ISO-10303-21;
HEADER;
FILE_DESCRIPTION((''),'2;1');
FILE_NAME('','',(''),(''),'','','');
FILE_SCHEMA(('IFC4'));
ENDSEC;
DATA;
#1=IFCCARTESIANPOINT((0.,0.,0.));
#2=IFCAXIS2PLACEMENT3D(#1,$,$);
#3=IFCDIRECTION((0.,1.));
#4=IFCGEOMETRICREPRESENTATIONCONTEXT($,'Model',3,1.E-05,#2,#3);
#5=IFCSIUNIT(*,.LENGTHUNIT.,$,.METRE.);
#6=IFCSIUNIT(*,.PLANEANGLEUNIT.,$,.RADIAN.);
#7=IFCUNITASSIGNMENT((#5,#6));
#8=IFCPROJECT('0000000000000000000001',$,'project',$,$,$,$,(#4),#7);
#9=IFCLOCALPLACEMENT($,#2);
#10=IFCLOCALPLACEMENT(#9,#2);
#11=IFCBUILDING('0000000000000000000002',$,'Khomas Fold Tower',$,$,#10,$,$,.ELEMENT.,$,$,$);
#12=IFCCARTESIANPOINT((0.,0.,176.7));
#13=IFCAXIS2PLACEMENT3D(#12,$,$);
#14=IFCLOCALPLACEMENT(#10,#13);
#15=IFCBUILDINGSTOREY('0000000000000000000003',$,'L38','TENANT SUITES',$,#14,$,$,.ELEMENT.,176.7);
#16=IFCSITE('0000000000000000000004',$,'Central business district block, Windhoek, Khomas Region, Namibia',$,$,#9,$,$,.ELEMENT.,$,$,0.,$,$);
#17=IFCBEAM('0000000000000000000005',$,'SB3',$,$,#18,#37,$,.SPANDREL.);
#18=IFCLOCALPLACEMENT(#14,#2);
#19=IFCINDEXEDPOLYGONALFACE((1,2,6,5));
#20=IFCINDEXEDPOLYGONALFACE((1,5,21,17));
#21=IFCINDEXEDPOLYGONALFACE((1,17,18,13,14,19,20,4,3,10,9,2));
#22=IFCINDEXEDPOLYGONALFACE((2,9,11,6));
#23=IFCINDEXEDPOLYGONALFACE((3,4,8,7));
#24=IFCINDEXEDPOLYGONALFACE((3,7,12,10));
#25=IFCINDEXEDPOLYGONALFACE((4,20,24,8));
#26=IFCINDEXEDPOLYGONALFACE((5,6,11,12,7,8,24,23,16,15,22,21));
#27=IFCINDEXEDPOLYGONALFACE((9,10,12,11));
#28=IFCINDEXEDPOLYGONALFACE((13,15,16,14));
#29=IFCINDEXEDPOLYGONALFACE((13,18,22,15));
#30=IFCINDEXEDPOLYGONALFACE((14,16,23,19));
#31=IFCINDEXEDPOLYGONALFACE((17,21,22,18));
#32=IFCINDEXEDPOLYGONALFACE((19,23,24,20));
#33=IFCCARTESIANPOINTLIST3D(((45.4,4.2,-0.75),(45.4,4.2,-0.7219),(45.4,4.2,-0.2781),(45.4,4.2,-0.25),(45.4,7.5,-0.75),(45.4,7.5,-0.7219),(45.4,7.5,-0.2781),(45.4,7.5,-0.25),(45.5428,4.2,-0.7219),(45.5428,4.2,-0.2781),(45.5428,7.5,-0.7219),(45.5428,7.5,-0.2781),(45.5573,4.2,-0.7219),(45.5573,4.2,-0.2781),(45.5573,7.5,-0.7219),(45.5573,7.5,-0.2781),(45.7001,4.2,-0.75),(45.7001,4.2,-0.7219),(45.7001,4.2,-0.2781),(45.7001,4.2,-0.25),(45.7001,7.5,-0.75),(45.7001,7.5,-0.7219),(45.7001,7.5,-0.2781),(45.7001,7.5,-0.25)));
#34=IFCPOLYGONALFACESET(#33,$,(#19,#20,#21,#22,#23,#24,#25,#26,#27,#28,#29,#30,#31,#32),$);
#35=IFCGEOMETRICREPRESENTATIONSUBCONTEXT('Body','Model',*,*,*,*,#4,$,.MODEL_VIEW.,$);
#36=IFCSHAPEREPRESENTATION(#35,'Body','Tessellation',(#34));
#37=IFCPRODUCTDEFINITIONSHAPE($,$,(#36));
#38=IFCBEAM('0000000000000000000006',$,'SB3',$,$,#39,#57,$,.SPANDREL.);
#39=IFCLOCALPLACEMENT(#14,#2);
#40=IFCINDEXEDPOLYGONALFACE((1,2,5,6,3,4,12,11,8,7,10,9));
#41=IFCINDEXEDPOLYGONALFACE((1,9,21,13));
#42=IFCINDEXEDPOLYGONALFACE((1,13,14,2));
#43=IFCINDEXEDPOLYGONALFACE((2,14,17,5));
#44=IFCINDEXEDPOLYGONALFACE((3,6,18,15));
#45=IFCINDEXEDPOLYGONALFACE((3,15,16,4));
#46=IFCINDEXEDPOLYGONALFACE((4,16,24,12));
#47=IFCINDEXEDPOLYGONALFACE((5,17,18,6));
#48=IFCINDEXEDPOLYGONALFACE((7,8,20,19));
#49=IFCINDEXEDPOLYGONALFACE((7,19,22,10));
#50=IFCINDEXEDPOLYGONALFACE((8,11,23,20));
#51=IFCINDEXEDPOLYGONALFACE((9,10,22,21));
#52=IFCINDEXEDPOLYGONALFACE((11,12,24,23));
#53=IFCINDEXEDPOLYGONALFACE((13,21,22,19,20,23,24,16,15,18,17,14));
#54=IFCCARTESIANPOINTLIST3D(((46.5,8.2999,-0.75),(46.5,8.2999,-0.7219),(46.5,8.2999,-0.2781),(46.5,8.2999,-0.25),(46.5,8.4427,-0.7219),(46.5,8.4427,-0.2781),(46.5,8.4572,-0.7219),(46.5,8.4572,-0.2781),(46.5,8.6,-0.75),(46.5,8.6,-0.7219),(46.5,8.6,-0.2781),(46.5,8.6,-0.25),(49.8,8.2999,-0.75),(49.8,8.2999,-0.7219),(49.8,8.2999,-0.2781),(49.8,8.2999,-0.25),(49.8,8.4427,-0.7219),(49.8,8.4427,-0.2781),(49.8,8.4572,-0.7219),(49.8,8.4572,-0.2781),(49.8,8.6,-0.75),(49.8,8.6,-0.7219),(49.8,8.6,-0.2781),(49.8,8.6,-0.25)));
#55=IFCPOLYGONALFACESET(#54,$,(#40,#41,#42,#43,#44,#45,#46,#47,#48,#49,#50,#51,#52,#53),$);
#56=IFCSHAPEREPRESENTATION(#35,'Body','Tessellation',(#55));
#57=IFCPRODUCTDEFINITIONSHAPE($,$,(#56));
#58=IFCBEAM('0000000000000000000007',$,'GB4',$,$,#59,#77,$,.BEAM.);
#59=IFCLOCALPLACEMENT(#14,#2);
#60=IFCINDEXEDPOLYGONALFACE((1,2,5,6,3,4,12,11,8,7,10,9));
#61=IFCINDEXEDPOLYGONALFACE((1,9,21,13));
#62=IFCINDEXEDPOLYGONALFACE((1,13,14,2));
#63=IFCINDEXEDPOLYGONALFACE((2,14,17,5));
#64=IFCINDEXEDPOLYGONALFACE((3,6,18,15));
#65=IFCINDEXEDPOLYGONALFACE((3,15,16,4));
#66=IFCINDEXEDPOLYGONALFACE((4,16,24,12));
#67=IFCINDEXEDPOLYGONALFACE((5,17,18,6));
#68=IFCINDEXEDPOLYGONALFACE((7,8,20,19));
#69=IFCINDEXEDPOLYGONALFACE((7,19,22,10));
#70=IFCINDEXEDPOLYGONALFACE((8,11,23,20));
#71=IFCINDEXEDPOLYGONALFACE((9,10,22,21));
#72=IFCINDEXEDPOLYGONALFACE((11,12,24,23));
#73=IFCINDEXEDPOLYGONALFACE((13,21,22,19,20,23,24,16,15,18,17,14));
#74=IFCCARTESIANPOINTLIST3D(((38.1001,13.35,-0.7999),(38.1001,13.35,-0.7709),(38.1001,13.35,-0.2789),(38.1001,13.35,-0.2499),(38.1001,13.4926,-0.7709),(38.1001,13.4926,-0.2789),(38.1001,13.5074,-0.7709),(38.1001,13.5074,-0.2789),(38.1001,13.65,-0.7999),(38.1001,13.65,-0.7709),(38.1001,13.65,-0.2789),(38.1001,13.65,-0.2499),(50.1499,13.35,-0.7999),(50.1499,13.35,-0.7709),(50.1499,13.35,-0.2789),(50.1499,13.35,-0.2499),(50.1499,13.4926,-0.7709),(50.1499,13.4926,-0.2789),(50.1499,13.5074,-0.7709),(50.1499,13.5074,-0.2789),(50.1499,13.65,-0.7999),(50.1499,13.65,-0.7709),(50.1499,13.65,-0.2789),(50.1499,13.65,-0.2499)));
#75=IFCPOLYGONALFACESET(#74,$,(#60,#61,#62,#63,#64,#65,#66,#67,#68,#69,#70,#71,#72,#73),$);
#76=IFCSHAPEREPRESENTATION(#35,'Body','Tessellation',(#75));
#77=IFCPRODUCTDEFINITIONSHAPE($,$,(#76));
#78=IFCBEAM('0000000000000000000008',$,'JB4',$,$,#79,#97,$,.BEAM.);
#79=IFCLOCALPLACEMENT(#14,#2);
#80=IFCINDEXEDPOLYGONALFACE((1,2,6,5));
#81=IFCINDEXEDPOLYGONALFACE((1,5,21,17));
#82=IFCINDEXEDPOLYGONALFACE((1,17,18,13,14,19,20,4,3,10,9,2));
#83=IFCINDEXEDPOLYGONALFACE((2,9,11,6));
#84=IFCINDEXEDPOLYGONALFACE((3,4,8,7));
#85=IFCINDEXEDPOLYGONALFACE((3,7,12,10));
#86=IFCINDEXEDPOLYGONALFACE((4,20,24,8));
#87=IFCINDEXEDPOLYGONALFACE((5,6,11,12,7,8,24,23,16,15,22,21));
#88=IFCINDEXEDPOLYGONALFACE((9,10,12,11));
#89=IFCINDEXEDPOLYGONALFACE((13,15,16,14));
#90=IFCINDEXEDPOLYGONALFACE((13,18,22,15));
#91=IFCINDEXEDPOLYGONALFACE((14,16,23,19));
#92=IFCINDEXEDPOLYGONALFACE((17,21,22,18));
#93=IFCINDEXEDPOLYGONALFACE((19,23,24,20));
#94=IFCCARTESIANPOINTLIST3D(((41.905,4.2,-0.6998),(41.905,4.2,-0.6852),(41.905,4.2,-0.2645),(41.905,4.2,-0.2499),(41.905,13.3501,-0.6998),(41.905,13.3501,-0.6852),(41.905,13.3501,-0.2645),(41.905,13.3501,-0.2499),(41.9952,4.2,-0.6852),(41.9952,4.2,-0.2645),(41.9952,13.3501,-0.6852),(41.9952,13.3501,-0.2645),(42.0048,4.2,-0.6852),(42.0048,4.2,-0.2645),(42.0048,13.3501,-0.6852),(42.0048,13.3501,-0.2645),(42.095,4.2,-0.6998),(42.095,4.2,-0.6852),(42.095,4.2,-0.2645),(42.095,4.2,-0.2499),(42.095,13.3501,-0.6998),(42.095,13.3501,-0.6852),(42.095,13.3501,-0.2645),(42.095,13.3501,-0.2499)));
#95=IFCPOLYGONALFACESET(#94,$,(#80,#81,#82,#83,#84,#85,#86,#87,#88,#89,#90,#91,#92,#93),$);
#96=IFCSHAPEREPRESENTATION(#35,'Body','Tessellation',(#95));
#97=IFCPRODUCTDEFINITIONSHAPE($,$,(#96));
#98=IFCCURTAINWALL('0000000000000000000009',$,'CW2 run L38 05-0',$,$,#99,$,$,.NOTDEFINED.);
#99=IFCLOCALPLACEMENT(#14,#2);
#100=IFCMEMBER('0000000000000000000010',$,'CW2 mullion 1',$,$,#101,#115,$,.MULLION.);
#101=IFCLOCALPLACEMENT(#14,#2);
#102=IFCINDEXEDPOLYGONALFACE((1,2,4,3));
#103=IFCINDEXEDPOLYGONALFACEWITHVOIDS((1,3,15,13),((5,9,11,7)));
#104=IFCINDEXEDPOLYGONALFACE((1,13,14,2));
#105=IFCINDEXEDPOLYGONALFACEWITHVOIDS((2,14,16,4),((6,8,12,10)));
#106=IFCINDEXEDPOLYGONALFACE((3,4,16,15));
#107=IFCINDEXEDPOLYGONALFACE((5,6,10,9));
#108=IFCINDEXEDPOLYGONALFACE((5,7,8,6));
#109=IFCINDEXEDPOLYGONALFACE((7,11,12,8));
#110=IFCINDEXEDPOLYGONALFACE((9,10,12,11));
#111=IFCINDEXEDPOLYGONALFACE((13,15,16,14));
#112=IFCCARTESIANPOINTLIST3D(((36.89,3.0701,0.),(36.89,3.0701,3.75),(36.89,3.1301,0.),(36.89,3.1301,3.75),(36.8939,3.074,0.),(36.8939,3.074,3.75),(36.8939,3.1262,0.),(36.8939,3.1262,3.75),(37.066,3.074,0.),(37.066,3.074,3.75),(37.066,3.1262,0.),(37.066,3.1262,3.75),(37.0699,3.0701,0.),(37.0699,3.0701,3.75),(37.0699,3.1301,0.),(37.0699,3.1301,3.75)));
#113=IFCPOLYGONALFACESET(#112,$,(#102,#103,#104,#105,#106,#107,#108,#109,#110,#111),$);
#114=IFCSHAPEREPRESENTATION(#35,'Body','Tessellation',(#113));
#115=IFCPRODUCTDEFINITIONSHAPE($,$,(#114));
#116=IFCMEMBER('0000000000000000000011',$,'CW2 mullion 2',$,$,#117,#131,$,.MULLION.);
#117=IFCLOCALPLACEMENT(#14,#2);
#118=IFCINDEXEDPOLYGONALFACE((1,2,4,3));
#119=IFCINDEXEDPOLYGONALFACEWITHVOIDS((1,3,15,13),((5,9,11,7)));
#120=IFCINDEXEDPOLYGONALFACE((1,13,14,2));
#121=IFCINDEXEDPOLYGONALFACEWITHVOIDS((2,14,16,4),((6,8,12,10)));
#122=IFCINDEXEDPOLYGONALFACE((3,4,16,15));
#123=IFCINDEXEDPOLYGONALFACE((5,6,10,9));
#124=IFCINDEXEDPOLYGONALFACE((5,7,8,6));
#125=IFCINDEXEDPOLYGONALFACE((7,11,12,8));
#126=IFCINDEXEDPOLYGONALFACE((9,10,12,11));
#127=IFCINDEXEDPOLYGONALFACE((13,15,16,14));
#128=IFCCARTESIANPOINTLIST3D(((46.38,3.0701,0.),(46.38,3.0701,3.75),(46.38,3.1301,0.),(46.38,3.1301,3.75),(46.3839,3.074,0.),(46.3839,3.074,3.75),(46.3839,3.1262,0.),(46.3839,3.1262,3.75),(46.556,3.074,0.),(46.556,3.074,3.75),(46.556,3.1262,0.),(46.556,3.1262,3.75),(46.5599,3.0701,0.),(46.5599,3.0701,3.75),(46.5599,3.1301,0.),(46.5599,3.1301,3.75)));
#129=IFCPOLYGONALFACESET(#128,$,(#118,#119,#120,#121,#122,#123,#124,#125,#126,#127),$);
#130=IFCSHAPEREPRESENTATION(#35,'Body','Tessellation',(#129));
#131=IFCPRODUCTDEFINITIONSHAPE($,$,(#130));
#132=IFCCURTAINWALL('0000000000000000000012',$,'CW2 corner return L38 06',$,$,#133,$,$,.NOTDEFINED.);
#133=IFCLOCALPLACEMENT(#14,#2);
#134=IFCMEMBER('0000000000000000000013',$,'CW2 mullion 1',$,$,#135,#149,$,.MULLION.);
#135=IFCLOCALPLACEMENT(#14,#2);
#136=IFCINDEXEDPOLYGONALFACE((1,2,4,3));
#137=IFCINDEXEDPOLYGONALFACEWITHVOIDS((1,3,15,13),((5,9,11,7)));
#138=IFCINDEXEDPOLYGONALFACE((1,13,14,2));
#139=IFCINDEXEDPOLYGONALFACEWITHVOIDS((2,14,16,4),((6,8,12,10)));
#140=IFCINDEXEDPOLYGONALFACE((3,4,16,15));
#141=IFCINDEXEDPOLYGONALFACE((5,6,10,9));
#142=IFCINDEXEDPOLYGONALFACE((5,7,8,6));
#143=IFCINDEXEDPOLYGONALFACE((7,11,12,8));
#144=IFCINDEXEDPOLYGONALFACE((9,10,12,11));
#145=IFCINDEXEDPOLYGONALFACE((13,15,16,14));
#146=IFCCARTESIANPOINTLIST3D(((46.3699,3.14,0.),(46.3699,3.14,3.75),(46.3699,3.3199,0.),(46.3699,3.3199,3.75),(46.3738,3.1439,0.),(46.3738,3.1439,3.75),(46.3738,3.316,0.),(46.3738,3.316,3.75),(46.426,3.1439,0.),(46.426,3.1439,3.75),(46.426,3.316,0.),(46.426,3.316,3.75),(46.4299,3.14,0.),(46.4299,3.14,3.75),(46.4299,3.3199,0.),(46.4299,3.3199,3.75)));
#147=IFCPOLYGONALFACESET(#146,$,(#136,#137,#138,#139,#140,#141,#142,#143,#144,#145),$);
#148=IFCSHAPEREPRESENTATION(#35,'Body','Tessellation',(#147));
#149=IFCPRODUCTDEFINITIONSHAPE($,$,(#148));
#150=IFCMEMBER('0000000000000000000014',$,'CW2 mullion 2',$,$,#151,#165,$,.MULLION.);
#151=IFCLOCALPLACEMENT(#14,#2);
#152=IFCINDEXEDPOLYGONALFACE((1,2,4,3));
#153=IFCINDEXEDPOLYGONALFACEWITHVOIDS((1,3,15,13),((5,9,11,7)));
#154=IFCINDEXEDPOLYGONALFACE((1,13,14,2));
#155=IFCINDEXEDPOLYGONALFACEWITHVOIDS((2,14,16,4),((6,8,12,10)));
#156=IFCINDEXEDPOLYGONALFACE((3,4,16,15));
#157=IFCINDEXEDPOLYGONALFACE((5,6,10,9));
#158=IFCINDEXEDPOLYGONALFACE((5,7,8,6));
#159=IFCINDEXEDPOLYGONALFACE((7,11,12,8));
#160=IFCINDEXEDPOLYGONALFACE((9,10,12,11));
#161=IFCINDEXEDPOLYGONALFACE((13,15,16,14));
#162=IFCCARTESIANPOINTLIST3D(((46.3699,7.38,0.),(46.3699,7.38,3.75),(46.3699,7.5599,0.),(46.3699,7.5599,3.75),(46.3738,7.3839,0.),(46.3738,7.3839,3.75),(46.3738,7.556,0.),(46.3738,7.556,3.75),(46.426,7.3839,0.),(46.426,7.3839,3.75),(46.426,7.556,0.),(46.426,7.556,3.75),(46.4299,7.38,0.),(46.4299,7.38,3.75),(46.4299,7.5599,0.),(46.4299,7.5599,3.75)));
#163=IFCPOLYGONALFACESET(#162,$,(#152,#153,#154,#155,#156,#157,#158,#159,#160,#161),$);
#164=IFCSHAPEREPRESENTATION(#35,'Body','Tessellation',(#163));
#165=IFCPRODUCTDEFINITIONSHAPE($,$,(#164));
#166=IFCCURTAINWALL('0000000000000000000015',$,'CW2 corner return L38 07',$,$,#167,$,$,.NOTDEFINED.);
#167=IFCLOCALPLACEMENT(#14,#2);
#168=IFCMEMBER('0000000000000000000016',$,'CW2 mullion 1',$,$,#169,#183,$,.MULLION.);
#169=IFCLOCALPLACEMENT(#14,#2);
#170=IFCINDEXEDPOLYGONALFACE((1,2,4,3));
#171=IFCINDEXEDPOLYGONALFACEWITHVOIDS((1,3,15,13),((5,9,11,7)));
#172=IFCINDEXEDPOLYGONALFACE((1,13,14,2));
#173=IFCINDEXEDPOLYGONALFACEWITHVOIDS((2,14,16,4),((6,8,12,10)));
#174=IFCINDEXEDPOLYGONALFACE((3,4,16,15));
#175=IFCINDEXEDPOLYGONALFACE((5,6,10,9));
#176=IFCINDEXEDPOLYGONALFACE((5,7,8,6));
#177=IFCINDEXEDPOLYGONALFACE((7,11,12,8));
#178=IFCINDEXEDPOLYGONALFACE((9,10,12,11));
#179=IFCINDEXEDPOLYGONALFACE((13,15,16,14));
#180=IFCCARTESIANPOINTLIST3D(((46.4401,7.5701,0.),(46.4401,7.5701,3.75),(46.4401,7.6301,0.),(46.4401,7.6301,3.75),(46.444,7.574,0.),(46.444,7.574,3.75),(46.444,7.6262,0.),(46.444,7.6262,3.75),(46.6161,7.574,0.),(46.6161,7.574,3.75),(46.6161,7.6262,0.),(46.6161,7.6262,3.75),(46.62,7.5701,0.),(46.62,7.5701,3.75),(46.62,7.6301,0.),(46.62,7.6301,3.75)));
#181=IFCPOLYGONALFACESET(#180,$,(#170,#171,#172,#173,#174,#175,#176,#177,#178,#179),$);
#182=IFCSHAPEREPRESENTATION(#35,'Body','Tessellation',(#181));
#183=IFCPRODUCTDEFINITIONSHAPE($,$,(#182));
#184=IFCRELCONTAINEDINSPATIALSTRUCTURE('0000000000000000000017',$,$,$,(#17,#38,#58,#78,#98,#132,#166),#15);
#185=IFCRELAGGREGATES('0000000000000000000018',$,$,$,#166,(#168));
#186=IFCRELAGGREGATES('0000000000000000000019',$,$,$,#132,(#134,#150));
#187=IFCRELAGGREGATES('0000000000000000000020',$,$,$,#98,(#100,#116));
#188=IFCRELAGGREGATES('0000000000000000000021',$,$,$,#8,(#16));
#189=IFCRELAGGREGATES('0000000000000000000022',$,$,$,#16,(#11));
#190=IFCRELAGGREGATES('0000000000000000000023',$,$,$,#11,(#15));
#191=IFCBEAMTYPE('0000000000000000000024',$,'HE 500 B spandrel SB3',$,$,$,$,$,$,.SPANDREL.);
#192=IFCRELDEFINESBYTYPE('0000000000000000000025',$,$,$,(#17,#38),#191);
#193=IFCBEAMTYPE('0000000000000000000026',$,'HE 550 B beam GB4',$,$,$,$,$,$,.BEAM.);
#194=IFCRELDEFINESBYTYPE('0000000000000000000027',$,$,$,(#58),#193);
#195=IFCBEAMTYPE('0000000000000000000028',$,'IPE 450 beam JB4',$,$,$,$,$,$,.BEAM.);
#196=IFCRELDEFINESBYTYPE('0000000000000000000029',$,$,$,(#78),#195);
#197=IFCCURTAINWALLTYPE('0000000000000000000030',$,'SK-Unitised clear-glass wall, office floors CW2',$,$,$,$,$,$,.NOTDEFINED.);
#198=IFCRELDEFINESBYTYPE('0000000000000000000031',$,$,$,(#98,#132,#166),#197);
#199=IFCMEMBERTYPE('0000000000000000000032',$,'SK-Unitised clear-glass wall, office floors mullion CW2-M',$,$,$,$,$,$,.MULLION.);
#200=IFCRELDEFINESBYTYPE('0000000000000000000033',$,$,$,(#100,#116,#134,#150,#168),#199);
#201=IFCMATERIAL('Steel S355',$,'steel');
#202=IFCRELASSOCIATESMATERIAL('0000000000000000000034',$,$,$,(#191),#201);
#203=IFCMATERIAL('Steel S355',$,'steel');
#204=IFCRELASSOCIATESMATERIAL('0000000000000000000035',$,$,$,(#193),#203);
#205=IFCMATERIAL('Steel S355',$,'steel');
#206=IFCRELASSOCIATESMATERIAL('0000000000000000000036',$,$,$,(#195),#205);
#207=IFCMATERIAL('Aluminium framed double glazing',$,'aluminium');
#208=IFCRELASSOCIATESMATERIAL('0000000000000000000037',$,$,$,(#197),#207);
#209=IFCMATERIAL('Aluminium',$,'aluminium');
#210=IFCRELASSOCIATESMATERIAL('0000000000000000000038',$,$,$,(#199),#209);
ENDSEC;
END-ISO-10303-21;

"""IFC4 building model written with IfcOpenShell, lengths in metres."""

from ifc_helpers import new_model, si_unit, direction, frame, origin, origin_2d, place, context, subcontext, project, spatial, hollow_rectangle, i_section, extrude, source, transform, mapped, material, material_profile, profile_set, type_object, element, aggregate, save


model = new_model("IFC4")

# Units and contexts
model_context = context("Model", 3, precision=1e-05, world=origin(), true_north=direction((0.0, 1.0)))
body_context = subcontext(model_context, "Body", "Model", "MODEL_VIEW")
ifc_project = project(units=[si_unit("LENGTHUNIT", "METRE"), si_unit("PLANEANGLEUNIT", "RADIAN")], contexts=[model_context])

# Site, building, storey
site_placement = place(None, origin())
site = spatial("IfcSite", under=ifc_project, at=site_placement, Name="Central business district block, Windhoek, Khomas Region, Namibia", CompositionType="ELEMENT", RefElevation=0.0)
building_placement = place(site_placement, origin())
building = spatial("IfcBuilding", under=site, at=building_placement, Name="Khomas Fold Tower", CompositionType="ELEMENT")
storey_placement = place(building_placement, frame((0.0, 0.0, 176.7)))
storey = spatial("IfcBuildingStorey", under=building, at=storey_placement, Name="L38", Description="TENANT SUITES", CompositionType="ELEMENT", Elevation=176.7)

# Beams
ifc_material_1 = material(Name="Steel S355", Category="steel")
ifc_material_profile_1 = material_profile(ifc_material_1, i_section(OverallWidth=0.3, OverallDepth=0.5, WebThickness=0.0144, FlangeThickness=0.0281, at=origin_2d()), Name="HE 500 B")
ifc_profile_set_1 = profile_set([ifc_material_profile_1], Name="Steel S355")
beam_type_1 = type_object("IfcBeamType", Name="HE 500 B spandrel SB3", PredefinedType="SPANDREL", material=ifc_profile_set_1)
shared_shape_1 = source(origin(), body_context, "Body", "SweptSolid", [
    extrude(i_section(OverallWidth=0.3, OverallDepth=0.5, WebThickness=0.0144, FlangeThickness=0.0281, at=origin_2d()), origin(), (0.0, 0.0, 1.0), 3.3),
])
for number, where, z_axis, x_axis, name in (
    (1, (45.55, 4.2, -0.5), (0.0, 1.0, 0.0), (-1.0, 0.0, 0.0), "SB3"),
    (2, (46.5, 8.45, -0.5), (1.0, 0.0, 0.0), (0.0, 1.0, 0.0), "SB3"),
):
    element("IfcBeam", number, at=place(storey_placement, frame(where, z_axis=z_axis, x_axis=x_axis)), inside=storey, type_object=beam_type_1, Name=name, PredefinedType="SPANDREL", context=body_context, shape_type="MappedRepresentation", body=[
        mapped(shared_shape_1, transform((0.0, 0.0, 0.0))),
    ])
ifc_material_2 = material(Name="Steel S355", Category="steel")
ifc_material_profile_2 = material_profile(ifc_material_2, i_section(OverallWidth=0.3, OverallDepth=0.55, WebThickness=0.0149, FlangeThickness=0.0291, at=origin_2d()), Name="HE 550 B")
ifc_profile_set_2 = profile_set([ifc_material_profile_2], Name="Steel S355")
beam_type_2 = type_object("IfcBeamType", Name="HE 550 B beam GB4", PredefinedType="BEAM", material=ifc_profile_set_2)
shared_shape_2 = source(origin(), body_context, "Body", "SweptSolid", [
    extrude(i_section(OverallWidth=0.3, OverallDepth=0.55, WebThickness=0.0149, FlangeThickness=0.0291, at=origin_2d()), origin(), (0.0, 0.0, 1.0), 12.0498),
])
beam_1_placement = place(storey_placement, frame((38.1001, 13.5, -0.5249), z_axis=(1.0, 0.0, 0.0), x_axis=(0.0, 1.0, 0.0)))
element("IfcBeam", 3, at=beam_1_placement, inside=storey, type_object=beam_type_2, Name="GB4", PredefinedType="BEAM", context=body_context, shape_type="MappedRepresentation", body=[
    mapped(shared_shape_2, transform((0.0, 0.0, 0.0))),
])
ifc_material_3 = material(Name="Steel S355", Category="steel")
ifc_material_profile_3 = material_profile(ifc_material_3, i_section(OverallWidth=0.1899, OverallDepth=0.45, WebThickness=0.0095, FlangeThickness=0.0146, at=origin_2d()), Name="IPE 450")
ifc_profile_set_3 = profile_set([ifc_material_profile_3], Name="Steel S355")
beam_type_3 = type_object("IfcBeamType", Name="IPE 450 beam JB4", PredefinedType="BEAM", material=ifc_profile_set_3)
shared_shape_3 = source(origin(), body_context, "Body", "SweptSolid", [
    extrude(i_section(OverallWidth=0.1899, OverallDepth=0.45, WebThickness=0.0095, FlangeThickness=0.0146, at=origin_2d()), origin(), (0.0, 0.0, 1.0), 9.1501),
])
beam_2_placement = place(storey_placement, frame((42.0, 4.2, -0.4749), z_axis=(0.0, 1.0, 0.0), x_axis=(-1.0, 0.0, 0.0)))
element("IfcBeam", 4, at=beam_2_placement, inside=storey, type_object=beam_type_3, Name="JB4", PredefinedType="BEAM", context=body_context, shape_type="MappedRepresentation", body=[
    mapped(shared_shape_3, transform((0.0, 0.0, 0.0))),
])

# Curtain walls, members
ifc_material_4 = material(Name="Aluminium framed double glazing", Category="aluminium")
curtain_wall_type_1 = type_object("IfcCurtainWallType", Name="SK-Unitised clear-glass wall, office floors CW2", PredefinedType="NOTDEFINED", material=ifc_material_4)
curtain_wall_1_placement = place(storey_placement, origin())
curtain_wall_1 = element("IfcCurtainWall", 5, at=curtain_wall_1_placement, inside=storey, type_object=curtain_wall_type_1, Name="CW2 run L38 05-0", PredefinedType="NOTDEFINED")
ifc_material_5 = material(Name="Aluminium", Category="aluminium")
ifc_material_profile_4 = material_profile(ifc_material_5, hollow_rectangle(XDim=0.0601, YDim=0.1799, WallThickness=0.0039, at=origin_2d()), Name="SK-Unitised clear-glass wall, office floors mullion CW2-M")
ifc_profile_set_4 = profile_set([ifc_material_profile_4], Name="Aluminium")
member_type_1 = type_object("IfcMemberType", Name="SK-Unitised clear-glass wall, office floors mullion CW2-M", PredefinedType="MULLION", material=ifc_profile_set_4)
shared_shape_4 = source(origin(), body_context, "Body", "SweptSolid", [
    extrude(hollow_rectangle(XDim=0.0601, YDim=0.1799, WallThickness=0.0039, at=origin_2d()), origin(), (0.0, 0.0, 1.0), 3.75),
])
member_1_placement = place(storey_placement, frame((36.98, 3.1001, 0.0), z_axis=(0.0, 0.0, 1.0), x_axis=(0.0, 1.0, 0.0)))
member_1 = element("IfcMember", 6, at=member_1_placement, type_object=member_type_1, Name="CW2 mullion 1", PredefinedType="MULLION", context=body_context, shape_type="MappedRepresentation", body=[
    mapped(shared_shape_4, transform((0.0, 0.0, 0.0))),
])
member_2_placement = place(storey_placement, frame((46.47, 3.1001, 0.0), z_axis=(0.0, 0.0, 1.0), x_axis=(0.0, 1.0, 0.0)))
member_2 = element("IfcMember", 7, at=member_2_placement, type_object=member_type_1, Name="CW2 mullion 2", PredefinedType="MULLION", context=body_context, shape_type="MappedRepresentation", body=[
    mapped(shared_shape_4, transform((0.0, 0.0, 0.0))),
])
curtain_wall_2_placement = place(storey_placement, origin())
curtain_wall_2 = element("IfcCurtainWall", 8, at=curtain_wall_2_placement, inside=storey, type_object=curtain_wall_type_1, Name="CW2 corner return L38 06", PredefinedType="NOTDEFINED")
member_3_placement = place(storey_placement, frame((46.3999, 3.23, 0.0), z_axis=(0.0, 0.0, 1.0), x_axis=(-1.0, 0.0, 0.0)))
member_3 = element("IfcMember", 9, at=member_3_placement, type_object=member_type_1, Name="CW2 mullion 1", PredefinedType="MULLION", context=body_context, shape_type="MappedRepresentation", body=[
    mapped(shared_shape_4, transform((0.0, 0.0, 0.0))),
])
member_4_placement = place(storey_placement, frame((46.3999, 7.47, 0.0), z_axis=(0.0, 0.0, 1.0), x_axis=(-1.0, 0.0, 0.0)))
member_4 = element("IfcMember", 10, at=member_4_placement, type_object=member_type_1, Name="CW2 mullion 2", PredefinedType="MULLION", context=body_context, shape_type="MappedRepresentation", body=[
    mapped(shared_shape_4, transform((0.0, 0.0, 0.0))),
])
curtain_wall_3_placement = place(storey_placement, origin())
curtain_wall_3 = element("IfcCurtainWall", 11, at=curtain_wall_3_placement, inside=storey, type_object=curtain_wall_type_1, Name="CW2 corner return L38 07", PredefinedType="NOTDEFINED")
member_5_placement = place(storey_placement, frame((46.53, 7.6001, 0.0), z_axis=(0.0, 0.0, 1.0), x_axis=(0.0, 1.0, 0.0)))
member_5 = element("IfcMember", 12, at=member_5_placement, type_object=member_type_1, Name="CW2 mullion 1", PredefinedType="MULLION", context=body_context, shape_type="MappedRepresentation", body=[
    mapped(shared_shape_4, transform((0.0, 0.0, 0.0))),
])

aggregate(curtain_wall_3, [member_5])
aggregate(curtain_wall_2, [member_3, member_4])
aggregate(curtain_wall_1, [member_1, member_2])

save(model, "model.ifc")
